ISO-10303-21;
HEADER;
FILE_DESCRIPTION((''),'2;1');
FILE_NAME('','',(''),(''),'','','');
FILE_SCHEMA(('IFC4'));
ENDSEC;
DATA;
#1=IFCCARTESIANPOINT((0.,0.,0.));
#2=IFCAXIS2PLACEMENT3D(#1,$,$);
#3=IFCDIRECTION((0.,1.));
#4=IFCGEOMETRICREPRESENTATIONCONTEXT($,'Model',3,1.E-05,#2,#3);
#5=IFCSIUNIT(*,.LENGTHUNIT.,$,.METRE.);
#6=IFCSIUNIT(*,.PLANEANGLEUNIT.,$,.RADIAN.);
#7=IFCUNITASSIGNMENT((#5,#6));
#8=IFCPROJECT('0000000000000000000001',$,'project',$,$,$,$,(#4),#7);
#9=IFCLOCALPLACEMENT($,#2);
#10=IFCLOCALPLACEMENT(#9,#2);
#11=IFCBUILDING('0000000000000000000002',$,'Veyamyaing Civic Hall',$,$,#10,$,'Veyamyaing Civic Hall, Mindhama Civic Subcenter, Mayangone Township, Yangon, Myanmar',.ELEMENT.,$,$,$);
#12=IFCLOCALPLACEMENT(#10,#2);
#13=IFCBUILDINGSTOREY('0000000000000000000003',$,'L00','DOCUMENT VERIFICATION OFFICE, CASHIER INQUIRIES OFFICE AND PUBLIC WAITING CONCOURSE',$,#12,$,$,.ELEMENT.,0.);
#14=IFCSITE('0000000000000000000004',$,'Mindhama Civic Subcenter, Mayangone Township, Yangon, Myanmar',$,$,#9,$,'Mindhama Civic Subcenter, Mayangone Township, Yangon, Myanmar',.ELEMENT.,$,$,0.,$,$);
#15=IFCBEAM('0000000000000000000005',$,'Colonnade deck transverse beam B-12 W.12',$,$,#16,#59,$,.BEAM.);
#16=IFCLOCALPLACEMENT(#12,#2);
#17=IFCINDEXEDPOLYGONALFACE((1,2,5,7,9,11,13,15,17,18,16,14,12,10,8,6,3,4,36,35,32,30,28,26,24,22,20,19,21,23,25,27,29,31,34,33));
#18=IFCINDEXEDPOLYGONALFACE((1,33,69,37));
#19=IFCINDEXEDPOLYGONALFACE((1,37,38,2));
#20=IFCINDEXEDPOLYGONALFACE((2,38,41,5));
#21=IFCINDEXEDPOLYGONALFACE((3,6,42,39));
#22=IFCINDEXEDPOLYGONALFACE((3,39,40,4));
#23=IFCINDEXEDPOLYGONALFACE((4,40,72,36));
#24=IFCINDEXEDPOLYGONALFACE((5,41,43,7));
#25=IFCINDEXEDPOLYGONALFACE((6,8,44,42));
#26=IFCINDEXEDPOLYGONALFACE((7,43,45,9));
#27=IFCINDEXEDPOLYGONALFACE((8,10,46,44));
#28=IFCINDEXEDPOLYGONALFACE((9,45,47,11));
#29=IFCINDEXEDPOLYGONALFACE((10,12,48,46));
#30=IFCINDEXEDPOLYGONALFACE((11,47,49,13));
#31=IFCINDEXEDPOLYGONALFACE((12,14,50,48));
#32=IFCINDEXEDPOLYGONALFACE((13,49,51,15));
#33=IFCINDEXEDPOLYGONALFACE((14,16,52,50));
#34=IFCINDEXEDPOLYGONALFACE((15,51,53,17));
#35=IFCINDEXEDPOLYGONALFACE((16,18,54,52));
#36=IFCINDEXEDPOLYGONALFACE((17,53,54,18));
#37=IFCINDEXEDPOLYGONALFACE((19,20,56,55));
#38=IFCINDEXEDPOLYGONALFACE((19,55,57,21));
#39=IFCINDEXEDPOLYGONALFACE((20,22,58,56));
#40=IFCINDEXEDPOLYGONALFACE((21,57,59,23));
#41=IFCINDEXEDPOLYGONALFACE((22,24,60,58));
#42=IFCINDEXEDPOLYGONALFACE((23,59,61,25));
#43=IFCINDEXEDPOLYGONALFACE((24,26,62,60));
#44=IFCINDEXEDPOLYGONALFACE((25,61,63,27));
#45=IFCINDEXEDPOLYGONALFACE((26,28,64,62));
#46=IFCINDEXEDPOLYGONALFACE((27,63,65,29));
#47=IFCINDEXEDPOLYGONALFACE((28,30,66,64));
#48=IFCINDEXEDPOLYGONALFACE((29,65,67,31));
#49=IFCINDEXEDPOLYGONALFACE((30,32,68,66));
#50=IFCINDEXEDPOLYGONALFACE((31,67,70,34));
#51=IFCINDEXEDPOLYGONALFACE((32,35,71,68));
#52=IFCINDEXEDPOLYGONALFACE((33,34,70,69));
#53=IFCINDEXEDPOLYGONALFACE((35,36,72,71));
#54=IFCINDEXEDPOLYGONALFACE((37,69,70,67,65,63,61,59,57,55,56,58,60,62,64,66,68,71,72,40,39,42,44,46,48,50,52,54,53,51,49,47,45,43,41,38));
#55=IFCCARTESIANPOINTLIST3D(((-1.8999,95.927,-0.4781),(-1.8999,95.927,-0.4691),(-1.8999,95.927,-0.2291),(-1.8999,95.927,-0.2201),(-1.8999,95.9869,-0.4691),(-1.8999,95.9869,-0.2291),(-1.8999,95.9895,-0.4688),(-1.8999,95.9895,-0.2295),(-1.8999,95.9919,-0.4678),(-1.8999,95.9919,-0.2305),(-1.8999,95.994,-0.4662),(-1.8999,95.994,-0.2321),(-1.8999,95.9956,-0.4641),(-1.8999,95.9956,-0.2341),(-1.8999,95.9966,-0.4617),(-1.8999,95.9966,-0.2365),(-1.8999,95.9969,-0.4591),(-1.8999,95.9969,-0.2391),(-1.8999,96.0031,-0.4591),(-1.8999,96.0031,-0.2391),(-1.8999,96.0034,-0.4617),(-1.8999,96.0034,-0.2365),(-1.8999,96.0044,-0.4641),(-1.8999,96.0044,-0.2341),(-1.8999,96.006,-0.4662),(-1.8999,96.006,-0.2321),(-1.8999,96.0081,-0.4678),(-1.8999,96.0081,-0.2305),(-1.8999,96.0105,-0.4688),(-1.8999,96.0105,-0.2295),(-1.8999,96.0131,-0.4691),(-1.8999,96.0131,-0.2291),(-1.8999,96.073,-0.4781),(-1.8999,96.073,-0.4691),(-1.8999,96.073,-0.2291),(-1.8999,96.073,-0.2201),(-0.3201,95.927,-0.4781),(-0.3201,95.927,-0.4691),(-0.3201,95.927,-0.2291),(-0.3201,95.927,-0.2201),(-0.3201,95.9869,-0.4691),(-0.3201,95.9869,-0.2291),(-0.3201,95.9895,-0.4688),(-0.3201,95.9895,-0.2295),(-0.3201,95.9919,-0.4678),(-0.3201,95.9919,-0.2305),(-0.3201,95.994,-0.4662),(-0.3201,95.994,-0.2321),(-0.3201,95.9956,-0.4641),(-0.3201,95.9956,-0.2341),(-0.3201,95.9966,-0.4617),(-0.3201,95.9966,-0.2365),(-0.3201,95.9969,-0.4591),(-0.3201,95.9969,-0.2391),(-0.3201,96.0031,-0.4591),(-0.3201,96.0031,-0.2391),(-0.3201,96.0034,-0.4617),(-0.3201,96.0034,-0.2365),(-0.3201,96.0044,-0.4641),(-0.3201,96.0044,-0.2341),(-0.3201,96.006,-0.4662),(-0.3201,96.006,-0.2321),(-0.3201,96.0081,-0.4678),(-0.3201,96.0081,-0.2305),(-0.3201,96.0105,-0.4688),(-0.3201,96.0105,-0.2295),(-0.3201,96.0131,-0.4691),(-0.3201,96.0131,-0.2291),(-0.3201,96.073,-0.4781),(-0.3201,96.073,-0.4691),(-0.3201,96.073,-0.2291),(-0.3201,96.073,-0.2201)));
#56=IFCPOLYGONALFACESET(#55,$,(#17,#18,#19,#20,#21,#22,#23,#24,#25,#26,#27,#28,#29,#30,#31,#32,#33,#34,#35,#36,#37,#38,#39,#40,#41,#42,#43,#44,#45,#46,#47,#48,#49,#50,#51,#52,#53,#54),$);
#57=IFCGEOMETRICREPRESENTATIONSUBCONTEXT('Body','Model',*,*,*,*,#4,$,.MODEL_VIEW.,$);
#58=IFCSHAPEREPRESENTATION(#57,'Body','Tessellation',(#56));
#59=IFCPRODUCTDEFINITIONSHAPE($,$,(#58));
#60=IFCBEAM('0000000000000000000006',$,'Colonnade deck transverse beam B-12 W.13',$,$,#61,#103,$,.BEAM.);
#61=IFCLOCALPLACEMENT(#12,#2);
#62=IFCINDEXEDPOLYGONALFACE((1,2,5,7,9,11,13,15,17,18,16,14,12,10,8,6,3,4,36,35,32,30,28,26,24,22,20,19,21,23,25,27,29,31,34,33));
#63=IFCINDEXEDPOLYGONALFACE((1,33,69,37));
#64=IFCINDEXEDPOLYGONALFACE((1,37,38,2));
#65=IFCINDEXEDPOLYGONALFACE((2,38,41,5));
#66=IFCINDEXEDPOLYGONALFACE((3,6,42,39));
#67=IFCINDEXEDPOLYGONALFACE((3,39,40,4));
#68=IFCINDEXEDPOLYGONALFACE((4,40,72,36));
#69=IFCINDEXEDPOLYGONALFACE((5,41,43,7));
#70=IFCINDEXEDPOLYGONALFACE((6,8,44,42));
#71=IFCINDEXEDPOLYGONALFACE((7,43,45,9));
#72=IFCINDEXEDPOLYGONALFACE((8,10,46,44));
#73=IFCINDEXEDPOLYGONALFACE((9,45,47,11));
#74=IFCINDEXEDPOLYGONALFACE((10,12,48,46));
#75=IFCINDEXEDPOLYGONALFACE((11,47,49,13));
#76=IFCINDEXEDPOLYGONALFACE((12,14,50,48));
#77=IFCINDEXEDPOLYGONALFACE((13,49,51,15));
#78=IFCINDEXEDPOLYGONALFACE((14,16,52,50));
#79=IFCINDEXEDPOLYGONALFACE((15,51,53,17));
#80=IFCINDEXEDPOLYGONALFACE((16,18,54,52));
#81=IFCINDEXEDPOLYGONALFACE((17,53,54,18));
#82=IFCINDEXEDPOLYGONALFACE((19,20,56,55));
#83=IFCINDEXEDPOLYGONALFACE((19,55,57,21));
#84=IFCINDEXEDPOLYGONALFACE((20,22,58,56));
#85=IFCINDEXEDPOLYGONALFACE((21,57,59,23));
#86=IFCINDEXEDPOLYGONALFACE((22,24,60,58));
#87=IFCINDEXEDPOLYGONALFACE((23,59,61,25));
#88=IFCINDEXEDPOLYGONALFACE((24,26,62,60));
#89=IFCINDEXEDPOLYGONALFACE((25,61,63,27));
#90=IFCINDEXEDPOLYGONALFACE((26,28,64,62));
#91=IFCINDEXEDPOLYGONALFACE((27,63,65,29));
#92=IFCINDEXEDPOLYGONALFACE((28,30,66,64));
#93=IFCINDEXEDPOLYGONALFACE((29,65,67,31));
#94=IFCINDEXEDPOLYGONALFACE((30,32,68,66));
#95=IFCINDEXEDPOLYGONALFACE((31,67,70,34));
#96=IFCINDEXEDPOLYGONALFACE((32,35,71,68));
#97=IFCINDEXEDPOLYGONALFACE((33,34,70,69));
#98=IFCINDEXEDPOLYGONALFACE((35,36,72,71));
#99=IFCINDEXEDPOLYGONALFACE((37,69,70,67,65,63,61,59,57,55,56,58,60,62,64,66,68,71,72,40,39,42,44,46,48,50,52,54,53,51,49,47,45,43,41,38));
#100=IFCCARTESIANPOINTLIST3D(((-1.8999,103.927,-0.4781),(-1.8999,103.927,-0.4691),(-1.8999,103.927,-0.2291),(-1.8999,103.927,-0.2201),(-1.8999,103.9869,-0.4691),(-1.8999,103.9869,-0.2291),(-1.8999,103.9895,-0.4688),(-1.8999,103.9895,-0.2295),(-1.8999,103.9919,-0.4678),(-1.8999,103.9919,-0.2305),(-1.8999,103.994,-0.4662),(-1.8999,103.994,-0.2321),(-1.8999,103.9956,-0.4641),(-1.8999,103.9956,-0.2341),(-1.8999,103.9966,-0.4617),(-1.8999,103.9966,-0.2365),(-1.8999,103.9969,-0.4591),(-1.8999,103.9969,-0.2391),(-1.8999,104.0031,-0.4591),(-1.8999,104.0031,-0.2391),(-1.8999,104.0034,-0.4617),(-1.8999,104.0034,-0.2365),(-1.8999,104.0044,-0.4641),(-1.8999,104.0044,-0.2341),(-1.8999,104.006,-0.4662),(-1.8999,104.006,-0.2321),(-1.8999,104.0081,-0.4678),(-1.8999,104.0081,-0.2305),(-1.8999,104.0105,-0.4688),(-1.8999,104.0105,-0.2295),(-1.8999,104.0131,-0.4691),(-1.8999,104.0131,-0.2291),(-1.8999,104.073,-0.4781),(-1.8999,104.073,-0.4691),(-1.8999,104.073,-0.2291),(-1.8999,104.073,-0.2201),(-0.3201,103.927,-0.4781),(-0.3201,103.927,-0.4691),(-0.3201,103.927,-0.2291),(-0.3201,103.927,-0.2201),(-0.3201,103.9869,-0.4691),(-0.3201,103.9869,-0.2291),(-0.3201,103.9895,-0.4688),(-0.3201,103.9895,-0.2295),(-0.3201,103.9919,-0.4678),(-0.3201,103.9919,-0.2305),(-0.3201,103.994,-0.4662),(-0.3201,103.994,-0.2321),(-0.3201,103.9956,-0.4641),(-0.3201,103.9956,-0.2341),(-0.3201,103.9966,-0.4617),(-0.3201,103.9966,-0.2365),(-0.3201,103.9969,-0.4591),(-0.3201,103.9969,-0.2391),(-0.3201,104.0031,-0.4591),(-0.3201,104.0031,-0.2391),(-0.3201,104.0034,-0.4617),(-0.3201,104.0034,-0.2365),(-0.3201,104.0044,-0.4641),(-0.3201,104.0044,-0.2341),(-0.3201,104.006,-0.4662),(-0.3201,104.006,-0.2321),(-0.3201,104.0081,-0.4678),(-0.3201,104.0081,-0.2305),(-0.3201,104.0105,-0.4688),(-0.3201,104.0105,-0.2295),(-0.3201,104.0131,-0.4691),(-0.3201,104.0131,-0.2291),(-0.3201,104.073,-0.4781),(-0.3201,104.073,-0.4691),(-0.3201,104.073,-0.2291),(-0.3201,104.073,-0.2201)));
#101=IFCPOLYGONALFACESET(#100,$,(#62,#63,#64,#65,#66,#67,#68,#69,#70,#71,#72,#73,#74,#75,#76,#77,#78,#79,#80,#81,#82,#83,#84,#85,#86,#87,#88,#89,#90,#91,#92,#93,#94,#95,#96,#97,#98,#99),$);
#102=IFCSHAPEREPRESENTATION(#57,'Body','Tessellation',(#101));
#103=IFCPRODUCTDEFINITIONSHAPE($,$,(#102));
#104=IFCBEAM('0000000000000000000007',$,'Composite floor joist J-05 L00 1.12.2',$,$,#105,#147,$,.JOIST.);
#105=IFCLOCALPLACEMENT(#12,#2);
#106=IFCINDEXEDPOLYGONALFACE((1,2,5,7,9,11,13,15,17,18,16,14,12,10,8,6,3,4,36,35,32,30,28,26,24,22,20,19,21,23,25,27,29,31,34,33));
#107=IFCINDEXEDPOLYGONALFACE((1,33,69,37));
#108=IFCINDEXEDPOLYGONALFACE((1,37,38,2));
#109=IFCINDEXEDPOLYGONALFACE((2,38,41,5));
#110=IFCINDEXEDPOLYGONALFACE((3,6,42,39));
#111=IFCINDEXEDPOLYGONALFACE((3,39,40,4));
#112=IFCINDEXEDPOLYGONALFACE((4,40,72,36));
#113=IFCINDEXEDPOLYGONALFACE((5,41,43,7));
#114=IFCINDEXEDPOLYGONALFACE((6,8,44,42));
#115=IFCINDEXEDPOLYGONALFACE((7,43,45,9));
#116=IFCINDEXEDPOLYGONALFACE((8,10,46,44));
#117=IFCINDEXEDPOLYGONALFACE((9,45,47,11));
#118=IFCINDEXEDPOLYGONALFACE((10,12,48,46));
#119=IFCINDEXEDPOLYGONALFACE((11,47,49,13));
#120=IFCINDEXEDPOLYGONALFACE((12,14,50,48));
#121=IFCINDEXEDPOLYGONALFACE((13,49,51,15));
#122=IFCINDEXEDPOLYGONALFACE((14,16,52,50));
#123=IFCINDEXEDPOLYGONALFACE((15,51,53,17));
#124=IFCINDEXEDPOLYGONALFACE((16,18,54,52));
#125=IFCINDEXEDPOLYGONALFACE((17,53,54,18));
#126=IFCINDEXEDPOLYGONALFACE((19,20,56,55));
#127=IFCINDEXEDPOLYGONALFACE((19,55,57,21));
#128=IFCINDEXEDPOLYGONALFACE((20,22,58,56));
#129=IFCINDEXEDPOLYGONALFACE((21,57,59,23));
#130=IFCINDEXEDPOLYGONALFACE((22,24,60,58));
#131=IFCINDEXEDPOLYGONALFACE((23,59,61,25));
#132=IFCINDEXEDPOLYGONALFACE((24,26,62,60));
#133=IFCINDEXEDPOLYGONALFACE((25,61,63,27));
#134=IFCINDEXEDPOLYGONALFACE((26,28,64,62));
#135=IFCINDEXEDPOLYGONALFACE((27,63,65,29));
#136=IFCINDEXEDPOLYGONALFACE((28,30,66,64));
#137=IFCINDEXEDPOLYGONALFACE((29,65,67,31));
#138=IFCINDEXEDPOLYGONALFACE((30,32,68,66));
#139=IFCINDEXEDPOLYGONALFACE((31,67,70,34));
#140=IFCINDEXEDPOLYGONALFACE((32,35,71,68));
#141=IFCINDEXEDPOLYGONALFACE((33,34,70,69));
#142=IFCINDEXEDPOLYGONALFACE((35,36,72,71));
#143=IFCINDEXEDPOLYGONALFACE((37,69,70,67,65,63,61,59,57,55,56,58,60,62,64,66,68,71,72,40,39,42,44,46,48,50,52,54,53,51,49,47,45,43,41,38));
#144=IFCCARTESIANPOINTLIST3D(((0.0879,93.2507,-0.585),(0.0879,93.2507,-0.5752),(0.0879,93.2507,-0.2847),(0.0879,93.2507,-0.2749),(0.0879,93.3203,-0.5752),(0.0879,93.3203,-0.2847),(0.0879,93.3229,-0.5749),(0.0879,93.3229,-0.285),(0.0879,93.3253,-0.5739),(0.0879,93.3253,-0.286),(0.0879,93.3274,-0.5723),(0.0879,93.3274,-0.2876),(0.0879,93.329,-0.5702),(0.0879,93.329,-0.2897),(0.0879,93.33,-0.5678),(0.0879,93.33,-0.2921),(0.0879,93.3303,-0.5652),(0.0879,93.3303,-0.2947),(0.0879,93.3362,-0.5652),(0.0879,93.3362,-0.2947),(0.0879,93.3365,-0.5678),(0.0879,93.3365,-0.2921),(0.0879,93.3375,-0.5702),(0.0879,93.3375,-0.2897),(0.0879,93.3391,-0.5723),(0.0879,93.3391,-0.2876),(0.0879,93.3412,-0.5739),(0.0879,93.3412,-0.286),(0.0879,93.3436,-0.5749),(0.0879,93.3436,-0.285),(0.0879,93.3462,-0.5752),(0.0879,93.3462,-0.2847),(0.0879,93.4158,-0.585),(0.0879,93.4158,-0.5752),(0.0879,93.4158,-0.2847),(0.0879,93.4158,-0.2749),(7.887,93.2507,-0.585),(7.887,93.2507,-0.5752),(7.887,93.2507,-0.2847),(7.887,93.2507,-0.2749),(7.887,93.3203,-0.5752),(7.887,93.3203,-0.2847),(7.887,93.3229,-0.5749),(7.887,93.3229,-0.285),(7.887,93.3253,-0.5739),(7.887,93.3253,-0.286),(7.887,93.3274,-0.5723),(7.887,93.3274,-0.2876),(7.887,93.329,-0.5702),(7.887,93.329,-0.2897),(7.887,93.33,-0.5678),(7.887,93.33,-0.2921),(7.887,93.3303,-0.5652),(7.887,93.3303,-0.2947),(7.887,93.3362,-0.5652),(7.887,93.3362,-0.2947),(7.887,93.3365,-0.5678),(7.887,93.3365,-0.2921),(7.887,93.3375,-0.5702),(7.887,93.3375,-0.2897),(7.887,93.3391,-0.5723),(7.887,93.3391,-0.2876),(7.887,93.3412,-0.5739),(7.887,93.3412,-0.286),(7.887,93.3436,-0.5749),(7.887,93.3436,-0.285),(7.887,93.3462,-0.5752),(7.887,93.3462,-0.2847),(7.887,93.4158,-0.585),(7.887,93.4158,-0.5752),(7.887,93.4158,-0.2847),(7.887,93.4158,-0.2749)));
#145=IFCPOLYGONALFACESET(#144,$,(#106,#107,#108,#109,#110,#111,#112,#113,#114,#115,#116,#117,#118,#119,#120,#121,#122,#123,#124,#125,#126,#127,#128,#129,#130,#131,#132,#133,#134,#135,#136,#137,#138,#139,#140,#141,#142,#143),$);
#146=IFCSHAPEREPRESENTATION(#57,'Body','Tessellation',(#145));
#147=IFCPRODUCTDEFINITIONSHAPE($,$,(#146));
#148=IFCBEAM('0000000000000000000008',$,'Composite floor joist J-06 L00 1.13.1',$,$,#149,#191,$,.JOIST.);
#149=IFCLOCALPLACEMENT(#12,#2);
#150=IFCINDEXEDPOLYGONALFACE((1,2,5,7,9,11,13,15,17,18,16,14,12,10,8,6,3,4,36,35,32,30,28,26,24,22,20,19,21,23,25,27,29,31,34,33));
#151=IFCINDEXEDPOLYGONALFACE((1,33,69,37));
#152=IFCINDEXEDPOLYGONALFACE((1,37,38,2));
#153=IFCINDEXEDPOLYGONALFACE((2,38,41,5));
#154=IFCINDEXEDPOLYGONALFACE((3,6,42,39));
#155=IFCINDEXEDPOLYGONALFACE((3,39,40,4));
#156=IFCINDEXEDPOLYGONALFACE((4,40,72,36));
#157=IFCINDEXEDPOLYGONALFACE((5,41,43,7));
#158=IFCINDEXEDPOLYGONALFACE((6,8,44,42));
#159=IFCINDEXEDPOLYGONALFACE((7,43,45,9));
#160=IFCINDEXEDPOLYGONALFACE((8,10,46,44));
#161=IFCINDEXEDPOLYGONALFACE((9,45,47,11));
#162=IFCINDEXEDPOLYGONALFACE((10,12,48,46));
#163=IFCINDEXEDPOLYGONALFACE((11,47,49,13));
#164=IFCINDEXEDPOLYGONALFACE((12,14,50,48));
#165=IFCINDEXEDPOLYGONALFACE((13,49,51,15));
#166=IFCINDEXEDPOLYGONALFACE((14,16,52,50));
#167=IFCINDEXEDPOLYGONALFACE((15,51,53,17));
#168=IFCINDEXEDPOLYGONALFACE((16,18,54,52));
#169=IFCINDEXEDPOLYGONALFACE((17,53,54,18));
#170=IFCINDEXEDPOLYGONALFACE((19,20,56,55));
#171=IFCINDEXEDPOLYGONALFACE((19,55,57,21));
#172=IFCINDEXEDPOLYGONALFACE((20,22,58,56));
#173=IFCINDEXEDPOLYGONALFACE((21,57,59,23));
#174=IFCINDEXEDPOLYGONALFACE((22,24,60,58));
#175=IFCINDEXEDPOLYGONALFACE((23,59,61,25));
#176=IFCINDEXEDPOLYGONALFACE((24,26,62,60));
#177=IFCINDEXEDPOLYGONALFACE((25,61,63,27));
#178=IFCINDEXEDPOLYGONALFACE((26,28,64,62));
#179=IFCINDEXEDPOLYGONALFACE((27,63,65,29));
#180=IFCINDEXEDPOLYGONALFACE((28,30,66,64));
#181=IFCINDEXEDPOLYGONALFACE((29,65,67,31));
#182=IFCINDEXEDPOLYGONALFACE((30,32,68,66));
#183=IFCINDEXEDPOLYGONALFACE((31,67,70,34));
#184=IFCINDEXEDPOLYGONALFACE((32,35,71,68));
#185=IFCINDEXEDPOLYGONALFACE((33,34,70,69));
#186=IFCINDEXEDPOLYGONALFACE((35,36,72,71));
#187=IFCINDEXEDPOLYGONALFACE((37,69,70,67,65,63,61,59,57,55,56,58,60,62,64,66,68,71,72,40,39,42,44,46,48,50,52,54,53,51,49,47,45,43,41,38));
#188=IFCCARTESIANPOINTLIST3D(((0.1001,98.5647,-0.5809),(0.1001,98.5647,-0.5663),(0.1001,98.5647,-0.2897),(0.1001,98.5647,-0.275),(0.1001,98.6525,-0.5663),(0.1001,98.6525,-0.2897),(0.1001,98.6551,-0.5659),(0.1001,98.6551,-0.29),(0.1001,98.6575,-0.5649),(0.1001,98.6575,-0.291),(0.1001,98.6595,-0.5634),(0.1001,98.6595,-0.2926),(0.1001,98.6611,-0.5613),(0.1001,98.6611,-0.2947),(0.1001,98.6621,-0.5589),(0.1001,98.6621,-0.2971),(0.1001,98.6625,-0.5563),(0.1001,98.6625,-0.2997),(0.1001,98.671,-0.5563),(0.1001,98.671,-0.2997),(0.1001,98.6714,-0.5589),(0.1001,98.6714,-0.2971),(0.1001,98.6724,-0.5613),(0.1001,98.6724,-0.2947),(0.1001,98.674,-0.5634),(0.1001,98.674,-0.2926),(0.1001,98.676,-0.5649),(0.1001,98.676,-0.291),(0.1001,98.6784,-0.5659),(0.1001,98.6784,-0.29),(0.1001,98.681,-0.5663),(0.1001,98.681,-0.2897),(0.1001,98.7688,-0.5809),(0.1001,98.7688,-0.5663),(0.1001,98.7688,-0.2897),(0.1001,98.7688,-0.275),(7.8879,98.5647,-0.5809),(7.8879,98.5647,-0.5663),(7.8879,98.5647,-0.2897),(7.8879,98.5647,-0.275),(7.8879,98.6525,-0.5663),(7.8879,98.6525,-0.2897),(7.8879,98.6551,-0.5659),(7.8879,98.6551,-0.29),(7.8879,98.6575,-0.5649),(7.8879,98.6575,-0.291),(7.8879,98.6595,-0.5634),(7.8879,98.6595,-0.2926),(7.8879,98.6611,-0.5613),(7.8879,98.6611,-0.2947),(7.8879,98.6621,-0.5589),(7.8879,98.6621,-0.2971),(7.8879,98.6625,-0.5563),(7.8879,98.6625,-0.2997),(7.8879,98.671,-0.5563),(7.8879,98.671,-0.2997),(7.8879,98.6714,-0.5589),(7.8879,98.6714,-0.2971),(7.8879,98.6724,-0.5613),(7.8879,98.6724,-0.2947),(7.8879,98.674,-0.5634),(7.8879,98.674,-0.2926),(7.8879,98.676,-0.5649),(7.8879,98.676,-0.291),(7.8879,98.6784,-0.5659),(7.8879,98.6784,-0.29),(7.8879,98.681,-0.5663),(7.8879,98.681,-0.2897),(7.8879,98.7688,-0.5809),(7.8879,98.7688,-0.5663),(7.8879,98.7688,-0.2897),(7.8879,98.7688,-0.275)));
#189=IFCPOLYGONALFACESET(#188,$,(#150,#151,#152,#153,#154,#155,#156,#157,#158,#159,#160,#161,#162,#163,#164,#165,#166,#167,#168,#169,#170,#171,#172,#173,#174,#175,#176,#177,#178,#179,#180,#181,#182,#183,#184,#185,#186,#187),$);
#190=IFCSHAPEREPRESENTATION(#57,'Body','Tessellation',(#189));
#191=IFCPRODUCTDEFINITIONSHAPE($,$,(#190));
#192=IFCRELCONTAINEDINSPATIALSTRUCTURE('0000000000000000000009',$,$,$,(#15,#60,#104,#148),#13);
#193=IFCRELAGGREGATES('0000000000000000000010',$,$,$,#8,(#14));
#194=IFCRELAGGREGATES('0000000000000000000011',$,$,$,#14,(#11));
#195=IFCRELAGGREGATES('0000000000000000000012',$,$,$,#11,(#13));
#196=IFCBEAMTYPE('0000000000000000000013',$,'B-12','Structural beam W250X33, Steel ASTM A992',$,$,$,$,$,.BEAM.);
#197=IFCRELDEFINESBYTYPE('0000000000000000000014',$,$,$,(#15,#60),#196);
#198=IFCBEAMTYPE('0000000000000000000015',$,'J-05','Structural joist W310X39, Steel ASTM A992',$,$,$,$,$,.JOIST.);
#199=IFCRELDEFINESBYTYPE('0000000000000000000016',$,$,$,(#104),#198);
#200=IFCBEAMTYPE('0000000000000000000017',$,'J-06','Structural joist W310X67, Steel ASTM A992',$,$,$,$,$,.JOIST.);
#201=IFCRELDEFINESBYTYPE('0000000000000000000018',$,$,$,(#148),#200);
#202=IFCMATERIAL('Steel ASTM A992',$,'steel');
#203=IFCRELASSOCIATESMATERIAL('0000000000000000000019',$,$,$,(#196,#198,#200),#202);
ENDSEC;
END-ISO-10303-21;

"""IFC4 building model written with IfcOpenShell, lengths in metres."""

from ifc_helpers import new_model, si_unit, direction, frame, origin, origin_2d, place, context, subcontext, project, spatial, i_section, extrude, material, material_profile, profile_set, type_object, element, save


model = new_model("IFC4")

# Units and contexts
model_context = context("Model", 3, precision=1e-05, world=origin(), true_north=direction((0.0, 1.0)))
body_context = subcontext(model_context, "Body", "Model", "MODEL_VIEW")
ifc_project = project(units=[si_unit("LENGTHUNIT", "METRE"), si_unit("PLANEANGLEUNIT", "RADIAN")], contexts=[model_context])

# Site, building, storey
site_placement = place(None, origin())
site = spatial("IfcSite", under=ifc_project, at=site_placement, Name="Mindhama Civic Subcenter, Mayangone Township, Yangon, Myanmar", LongName="Mindhama Civic Subcenter, Mayangone Township, Yangon, Myanmar", CompositionType="ELEMENT", RefElevation=0.0)
building_placement = place(site_placement, origin())
building = spatial("IfcBuilding", under=site, at=building_placement, Name="Veyamyaing Civic Hall", LongName="Veyamyaing Civic Hall, Mindhama Civic Subcenter, Mayangone Township, Yangon, Myanmar", CompositionType="ELEMENT")
storey_placement = place(building_placement, origin())
storey = spatial("IfcBuildingStorey", under=building, at=storey_placement, Name="L00", Description="DOCUMENT VERIFICATION OFFICE, CASHIER INQUIRIES OFFICE AND PUBLIC WAITING CONCOURSE", CompositionType="ELEMENT", Elevation=0.0)

# Beams
ifc_material_1 = material(Name="Steel ASTM A992", Category="steel")
ifc_material_profile_1 = material_profile(ifc_material_1, i_section(OverallWidth=0.146, OverallDepth=0.2581, WebThickness=0.0061, FlangeThickness=0.009, FilletRadius=0.01, at=origin_2d()), Name="W250X33")
ifc_profile_set_1 = profile_set([ifc_material_profile_1], Name="Steel ASTM A992")
beam_type_1 = type_object("IfcBeamType", Name="B-12", Description="Structural beam W250X33, Steel ASTM A992", PredefinedType="BEAM", material=ifc_profile_set_1)
for number, where, z_axis, x_axis, name in (
    (1, (-1.8999, 96.0, -0.3491), (1.0, 0.0, 0.0), (0.0, 1.0, 0.0), "Colonnade deck transverse beam B-12 W.12"),
    (2, (-1.8999, 104.0, -0.3491), (1.0, 0.0, 0.0), (0.0, 1.0, 0.0), "Colonnade deck transverse beam B-12 W.13"),
):
    element("IfcBeam", number, at=place(storey_placement, frame(where, z_axis=z_axis, x_axis=x_axis)), inside=storey, type_object=beam_type_1, Name=name, PredefinedType="BEAM", context=body_context, shape_type="SweptSolid", body=[
        extrude(i_section(OverallWidth=0.146, OverallDepth=0.2581, WebThickness=0.0061, FlangeThickness=0.009, FilletRadius=0.01, at=origin_2d()), origin(), (0.0, 0.0, 1.0), 1.5798),
    ])
ifc_material_profile_2 = material_profile(ifc_material_1, i_section(OverallWidth=0.165, OverallDepth=0.3101, WebThickness=0.0059, FlangeThickness=0.0098, FilletRadius=0.01, at=origin_2d()), Name="W310X39")
ifc_profile_set_2 = profile_set([ifc_material_profile_2], Name="Steel ASTM A992")
beam_type_2 = type_object("IfcBeamType", Name="J-05", Description="Structural joist W310X39, Steel ASTM A992", PredefinedType="JOIST", material=ifc_profile_set_2)
beam_1_placement = place(storey_placement, frame((0.0879, 93.3333, -0.4299), z_axis=(1.0, 0.0, 0.0), x_axis=(0.0, 1.0, 0.0)))
element("IfcBeam", 3, at=beam_1_placement, inside=storey, type_object=beam_type_2, Name="Composite floor joist J-05 L00 1.12.2", PredefinedType="JOIST", context=body_context, shape_type="SweptSolid", body=[
    extrude(i_section(OverallWidth=0.165, OverallDepth=0.3101, WebThickness=0.0059, FlangeThickness=0.0098, FilletRadius=0.01, at=origin_2d()), origin(), (0.0, 0.0, 1.0), 7.7991),
])
ifc_material_profile_3 = material_profile(ifc_material_1, i_section(OverallWidth=0.2041, OverallDepth=0.3059, WebThickness=0.0085, FlangeThickness=0.0146, FilletRadius=0.01, at=origin_2d()), Name="W310X67")
ifc_profile_set_3 = profile_set([ifc_material_profile_3], Name="Steel ASTM A992")
beam_type_3 = type_object("IfcBeamType", Name="J-06", Description="Structural joist W310X67, Steel ASTM A992", PredefinedType="JOIST", material=ifc_profile_set_3)
for number, where, z_axis, x_axis, name in (
    (4, (0.1001, 98.6667, -0.428), (1.0, 0.0, 0.0), (0.0, 1.0, 0.0), "Composite floor joist J-06 L00 1.13.1"),
):
    element("IfcBeam", number, at=place(storey_placement, frame(where, z_axis=z_axis, x_axis=x_axis)), inside=storey, type_object=beam_type_3, Name=name, PredefinedType="JOIST", context=body_context, shape_type="SweptSolid", body=[
        extrude(i_section(OverallWidth=0.2041, OverallDepth=0.3059, WebThickness=0.0085, FlangeThickness=0.0146, FilletRadius=0.01, at=origin_2d()), origin(), (0.0, 0.0, 1.0), 7.7878),
    ])

save(model, "model.ifc")
